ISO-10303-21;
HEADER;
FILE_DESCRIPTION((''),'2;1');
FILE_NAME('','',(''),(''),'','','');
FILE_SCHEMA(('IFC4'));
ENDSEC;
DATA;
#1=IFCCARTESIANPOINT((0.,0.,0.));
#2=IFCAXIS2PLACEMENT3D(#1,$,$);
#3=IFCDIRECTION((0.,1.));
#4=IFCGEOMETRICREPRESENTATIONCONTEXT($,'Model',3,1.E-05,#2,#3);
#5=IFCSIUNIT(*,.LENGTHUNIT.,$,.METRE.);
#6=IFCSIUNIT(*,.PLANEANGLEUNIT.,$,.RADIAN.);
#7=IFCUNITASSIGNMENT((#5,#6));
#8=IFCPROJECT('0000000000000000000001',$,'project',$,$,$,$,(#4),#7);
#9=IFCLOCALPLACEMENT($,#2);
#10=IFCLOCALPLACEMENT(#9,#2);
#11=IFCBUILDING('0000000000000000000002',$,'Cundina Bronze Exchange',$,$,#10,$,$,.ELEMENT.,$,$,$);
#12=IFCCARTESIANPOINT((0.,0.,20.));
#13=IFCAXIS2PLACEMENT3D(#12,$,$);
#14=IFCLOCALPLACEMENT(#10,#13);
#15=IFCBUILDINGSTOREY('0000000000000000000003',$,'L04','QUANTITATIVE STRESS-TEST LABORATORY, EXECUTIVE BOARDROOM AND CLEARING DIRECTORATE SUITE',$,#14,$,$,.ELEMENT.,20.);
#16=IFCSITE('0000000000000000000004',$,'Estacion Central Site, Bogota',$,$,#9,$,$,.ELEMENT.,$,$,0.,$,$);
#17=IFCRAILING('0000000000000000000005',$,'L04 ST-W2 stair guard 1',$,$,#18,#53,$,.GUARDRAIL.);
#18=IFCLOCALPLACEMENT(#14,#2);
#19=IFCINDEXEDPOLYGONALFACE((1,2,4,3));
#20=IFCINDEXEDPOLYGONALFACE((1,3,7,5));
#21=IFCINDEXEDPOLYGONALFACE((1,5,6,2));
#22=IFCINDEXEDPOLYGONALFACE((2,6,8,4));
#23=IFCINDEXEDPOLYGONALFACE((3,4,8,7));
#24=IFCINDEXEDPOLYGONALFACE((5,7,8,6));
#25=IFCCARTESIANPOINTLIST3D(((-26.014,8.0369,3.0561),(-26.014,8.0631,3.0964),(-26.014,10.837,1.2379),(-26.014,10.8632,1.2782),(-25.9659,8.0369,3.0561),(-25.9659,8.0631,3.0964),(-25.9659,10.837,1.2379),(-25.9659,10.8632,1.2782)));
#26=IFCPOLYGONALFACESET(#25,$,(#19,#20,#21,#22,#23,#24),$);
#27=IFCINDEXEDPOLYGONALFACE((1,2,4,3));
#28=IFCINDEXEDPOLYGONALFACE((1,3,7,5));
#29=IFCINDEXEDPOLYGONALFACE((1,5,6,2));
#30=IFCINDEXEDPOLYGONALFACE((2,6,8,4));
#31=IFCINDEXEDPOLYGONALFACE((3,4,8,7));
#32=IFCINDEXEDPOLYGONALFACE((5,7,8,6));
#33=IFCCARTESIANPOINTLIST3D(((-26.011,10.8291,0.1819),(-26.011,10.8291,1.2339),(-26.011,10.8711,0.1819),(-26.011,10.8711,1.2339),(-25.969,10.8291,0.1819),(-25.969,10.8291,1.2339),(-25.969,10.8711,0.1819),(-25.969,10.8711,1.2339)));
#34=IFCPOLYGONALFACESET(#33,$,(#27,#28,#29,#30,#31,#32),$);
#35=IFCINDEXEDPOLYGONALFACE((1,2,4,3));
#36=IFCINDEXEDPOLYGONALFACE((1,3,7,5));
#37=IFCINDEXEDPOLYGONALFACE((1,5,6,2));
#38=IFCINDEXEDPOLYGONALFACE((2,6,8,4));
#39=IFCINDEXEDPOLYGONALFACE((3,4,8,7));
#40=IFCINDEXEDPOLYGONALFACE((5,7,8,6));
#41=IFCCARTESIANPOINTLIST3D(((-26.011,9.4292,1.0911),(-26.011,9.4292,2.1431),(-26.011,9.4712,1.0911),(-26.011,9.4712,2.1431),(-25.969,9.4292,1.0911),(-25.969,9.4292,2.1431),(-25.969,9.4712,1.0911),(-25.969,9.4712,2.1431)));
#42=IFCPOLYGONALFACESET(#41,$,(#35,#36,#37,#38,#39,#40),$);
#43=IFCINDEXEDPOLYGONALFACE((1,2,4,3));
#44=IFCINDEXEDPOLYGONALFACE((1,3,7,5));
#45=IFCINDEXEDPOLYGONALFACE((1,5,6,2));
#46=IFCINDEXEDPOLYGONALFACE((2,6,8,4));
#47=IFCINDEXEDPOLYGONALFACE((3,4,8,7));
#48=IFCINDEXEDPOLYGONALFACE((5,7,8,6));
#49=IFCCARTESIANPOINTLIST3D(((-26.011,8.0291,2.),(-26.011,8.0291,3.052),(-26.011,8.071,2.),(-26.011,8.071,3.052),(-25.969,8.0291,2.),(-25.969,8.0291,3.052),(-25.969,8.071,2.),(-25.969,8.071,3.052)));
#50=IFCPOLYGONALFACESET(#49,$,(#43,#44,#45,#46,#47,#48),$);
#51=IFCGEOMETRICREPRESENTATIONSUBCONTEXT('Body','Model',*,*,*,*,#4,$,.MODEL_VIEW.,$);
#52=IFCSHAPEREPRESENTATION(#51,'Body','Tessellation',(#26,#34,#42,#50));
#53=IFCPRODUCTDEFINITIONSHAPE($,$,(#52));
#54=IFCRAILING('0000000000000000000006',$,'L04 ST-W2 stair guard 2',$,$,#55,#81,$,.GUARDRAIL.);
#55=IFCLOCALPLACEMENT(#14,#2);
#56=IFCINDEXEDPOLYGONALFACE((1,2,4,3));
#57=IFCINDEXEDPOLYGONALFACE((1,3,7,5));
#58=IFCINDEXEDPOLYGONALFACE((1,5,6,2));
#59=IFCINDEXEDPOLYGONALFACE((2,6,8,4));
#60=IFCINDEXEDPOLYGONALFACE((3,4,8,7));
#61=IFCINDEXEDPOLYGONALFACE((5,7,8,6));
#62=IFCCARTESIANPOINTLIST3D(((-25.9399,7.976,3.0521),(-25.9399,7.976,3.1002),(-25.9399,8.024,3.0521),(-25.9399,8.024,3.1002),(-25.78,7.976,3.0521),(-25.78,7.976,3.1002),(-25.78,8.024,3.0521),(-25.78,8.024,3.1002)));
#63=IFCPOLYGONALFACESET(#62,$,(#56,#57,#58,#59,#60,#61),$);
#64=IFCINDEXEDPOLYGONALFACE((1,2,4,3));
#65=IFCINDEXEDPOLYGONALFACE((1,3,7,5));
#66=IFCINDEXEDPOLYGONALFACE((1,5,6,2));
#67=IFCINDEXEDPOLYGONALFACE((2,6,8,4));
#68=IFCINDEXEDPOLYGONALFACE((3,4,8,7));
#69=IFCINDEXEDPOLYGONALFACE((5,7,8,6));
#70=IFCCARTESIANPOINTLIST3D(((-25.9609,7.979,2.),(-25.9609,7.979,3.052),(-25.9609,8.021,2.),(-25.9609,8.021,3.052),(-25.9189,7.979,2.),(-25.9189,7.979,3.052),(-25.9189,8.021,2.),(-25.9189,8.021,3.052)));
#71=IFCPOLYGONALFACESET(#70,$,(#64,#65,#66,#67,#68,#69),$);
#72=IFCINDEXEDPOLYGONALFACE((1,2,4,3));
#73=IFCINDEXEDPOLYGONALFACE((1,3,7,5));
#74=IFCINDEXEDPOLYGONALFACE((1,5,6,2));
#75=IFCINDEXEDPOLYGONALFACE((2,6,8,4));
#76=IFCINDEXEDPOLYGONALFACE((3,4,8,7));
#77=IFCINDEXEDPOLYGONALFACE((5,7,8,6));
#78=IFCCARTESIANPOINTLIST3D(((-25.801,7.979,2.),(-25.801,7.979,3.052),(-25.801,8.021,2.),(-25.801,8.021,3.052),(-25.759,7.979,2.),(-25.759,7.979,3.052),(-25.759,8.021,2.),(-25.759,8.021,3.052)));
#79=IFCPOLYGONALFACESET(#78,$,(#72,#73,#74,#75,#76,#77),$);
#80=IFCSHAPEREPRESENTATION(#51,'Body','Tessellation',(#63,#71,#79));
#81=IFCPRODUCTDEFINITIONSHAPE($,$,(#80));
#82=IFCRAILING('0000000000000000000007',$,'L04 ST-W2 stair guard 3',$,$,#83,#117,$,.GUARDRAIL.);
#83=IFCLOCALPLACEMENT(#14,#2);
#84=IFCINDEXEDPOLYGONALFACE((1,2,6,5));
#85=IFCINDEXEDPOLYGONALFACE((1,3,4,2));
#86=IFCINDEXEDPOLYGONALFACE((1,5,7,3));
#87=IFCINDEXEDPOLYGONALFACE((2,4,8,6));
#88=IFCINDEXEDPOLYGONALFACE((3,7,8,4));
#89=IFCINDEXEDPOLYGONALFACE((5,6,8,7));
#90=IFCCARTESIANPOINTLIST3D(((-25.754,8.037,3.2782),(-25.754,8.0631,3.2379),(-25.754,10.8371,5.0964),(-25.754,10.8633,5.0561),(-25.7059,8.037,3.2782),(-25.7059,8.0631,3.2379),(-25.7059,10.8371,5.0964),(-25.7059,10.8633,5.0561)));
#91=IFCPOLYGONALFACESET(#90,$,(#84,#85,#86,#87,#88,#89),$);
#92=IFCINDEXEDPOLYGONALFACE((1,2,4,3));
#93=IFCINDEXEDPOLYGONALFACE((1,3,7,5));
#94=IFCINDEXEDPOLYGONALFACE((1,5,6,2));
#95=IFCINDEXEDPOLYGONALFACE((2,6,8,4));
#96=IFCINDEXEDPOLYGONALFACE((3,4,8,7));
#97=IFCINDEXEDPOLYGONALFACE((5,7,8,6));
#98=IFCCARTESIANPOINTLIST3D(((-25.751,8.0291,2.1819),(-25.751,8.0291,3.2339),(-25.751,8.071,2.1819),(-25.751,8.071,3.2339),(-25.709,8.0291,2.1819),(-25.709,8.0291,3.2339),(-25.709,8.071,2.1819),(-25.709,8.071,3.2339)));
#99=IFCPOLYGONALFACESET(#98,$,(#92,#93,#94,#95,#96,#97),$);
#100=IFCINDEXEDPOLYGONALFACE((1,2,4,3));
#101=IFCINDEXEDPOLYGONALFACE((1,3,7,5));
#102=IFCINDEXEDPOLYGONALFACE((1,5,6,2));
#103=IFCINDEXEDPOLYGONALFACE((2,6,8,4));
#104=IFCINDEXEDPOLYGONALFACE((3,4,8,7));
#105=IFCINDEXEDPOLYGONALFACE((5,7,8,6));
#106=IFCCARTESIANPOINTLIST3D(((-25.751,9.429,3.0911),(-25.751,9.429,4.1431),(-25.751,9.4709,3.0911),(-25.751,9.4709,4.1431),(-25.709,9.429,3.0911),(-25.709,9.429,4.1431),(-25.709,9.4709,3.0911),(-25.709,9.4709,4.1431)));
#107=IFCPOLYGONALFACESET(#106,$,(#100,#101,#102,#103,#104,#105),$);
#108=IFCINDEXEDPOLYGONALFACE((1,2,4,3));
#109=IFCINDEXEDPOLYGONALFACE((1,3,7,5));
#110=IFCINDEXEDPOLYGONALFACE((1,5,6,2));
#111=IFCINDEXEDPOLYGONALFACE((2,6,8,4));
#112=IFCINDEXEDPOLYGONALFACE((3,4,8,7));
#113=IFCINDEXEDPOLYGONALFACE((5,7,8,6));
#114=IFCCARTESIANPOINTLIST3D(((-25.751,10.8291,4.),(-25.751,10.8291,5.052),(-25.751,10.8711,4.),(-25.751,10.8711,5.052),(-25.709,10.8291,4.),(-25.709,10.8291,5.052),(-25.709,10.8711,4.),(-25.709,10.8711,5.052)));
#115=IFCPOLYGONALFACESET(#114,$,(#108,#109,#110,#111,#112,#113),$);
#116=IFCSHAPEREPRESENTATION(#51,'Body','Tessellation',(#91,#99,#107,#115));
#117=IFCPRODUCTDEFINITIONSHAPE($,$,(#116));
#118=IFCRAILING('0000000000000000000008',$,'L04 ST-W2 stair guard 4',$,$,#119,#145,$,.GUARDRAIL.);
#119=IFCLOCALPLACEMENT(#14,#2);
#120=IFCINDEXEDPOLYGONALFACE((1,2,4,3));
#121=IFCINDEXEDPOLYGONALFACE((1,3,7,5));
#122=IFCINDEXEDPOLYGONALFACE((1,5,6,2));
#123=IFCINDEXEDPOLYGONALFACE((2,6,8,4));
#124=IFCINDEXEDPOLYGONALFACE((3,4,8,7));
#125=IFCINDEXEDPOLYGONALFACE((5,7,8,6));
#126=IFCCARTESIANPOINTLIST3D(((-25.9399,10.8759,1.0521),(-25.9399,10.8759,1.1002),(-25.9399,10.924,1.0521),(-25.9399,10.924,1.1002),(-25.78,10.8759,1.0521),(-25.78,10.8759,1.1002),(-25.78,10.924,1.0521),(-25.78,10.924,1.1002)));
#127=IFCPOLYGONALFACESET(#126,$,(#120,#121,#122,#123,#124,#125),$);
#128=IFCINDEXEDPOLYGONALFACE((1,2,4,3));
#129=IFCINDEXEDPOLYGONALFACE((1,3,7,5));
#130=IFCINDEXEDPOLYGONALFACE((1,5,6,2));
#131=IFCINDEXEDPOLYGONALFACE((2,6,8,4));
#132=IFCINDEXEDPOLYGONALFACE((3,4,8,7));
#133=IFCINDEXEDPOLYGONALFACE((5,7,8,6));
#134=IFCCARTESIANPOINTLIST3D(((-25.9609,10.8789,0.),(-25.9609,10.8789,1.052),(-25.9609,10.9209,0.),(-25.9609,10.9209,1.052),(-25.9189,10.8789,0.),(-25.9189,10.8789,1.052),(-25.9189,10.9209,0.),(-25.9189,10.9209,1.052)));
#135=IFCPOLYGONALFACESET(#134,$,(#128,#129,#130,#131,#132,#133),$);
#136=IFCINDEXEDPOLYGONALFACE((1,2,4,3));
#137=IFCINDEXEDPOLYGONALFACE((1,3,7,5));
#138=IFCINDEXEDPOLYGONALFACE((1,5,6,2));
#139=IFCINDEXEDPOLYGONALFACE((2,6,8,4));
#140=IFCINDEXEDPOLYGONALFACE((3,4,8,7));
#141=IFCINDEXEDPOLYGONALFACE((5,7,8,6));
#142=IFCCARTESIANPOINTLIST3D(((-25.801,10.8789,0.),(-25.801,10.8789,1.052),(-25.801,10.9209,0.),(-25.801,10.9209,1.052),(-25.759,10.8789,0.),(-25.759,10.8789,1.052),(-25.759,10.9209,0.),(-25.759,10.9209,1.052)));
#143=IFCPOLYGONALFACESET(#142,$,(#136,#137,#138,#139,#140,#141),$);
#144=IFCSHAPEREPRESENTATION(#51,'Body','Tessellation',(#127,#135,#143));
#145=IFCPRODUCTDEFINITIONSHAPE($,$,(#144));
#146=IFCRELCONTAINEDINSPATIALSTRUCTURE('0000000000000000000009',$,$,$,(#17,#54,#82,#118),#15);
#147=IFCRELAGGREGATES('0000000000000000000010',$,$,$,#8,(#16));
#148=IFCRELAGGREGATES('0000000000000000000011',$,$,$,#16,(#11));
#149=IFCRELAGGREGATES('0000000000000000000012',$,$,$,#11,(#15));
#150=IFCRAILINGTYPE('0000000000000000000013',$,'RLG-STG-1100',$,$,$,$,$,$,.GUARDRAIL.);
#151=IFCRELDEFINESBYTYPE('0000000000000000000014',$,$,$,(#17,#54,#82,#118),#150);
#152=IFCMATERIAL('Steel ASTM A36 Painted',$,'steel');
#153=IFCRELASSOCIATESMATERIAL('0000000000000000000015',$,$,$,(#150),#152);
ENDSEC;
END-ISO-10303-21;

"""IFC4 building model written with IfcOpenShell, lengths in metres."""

from ifc_helpers import new_model, si_unit, direction, frame, origin, origin_2d, place, context, subcontext, project, spatial, rectangle, extrude, material, type_object, element, save


model = new_model("IFC4")

# Units and contexts
model_context = context("Model", 3, precision=1e-05, world=origin(), true_north=direction((0.0, 1.0)))
body_context = subcontext(model_context, "Body", "Model", "MODEL_VIEW")
ifc_project = project(units=[si_unit("LENGTHUNIT", "METRE"), si_unit("PLANEANGLEUNIT", "RADIAN")], contexts=[model_context])

# Site, building, storey
site_placement = place(None, origin())
site = spatial("IfcSite", under=ifc_project, at=site_placement, Name="Estacion Central Site, Bogota", CompositionType="ELEMENT", RefElevation=0.0)
building_placement = place(site_placement, origin())
building = spatial("IfcBuilding", under=site, at=building_placement, Name="Cundina Bronze Exchange", CompositionType="ELEMENT")
storey_placement = place(building_placement, frame((0.0, 0.0, 20.0)))
storey = spatial("IfcBuildingStorey", under=building, at=storey_placement, Name="L04", Description="QUANTITATIVE STRESS-TEST LABORATORY, EXECUTIVE BOARDROOM AND CLEARING DIRECTORATE SUITE", CompositionType="ELEMENT", Elevation=20.0)

# Shared definitions
ifc_material_1 = material(Name="Steel ASTM A36 Painted", Category="steel")

# Railings
railing_type_1 = type_object("IfcRailingType", Name="RLG-STG-1100", PredefinedType="GUARDRAIL", material=ifc_material_1)
railing_1_placement = place(storey_placement, frame((-25.99, 10.8501, 0.1819)))
element("IfcRailing", 1, at=railing_1_placement, inside=storey, type_object=railing_type_1, Name="L04 ST-W2 stair guard 1", PredefinedType="GUARDRAIL", context=body_context, shape_type="SweptSolid", body=[
    extrude(rectangle(XDim=0.0481, YDim=0.0481, at=origin_2d()), frame((0.0, 0.0, 1.0762), z_axis=(0.0, -0.838706, 0.544585), x_axis=(1.0, 0.0, 0.0)), (0.0, 0.0, 1.0), 3.3386),
    extrude(rectangle(XDim=0.042, YDim=0.042, at=origin_2d()), origin(), (0.0, 0.0, 1.0), 1.052),
    extrude(rectangle(XDim=0.042, YDim=0.042, at=origin_2d()), frame((0.0, -1.3999, 0.9092)), (0.0, 0.0, 1.0), 1.052),
    extrude(rectangle(XDim=0.042, YDim=0.042, at=origin_2d()), frame((0.0, -2.8, 1.8181)), (0.0, 0.0, 1.0), 1.052),
])
railing_2_placement = place(storey_placement, frame((-25.9399, 8.0, 2.0)))
element("IfcRailing", 2, at=railing_2_placement, inside=storey, type_object=railing_type_1, Name="L04 ST-W2 stair guard 2", PredefinedType="GUARDRAIL", context=body_context, shape_type="SweptSolid", body=[
    extrude(rectangle(XDim=0.0481, YDim=0.0481, at=origin_2d()), frame((0.0, 0.0, 1.0762), z_axis=(1.0, 0.0, 0.0), x_axis=(0.0, 1.0, 0.0)), (0.0, 0.0, 1.0), 0.1599),
    extrude(rectangle(XDim=0.042, YDim=0.042, at=origin_2d()), origin(), (0.0, 0.0, 1.0), 1.052),
    extrude(rectangle(XDim=0.042, YDim=0.042, at=origin_2d()), frame((0.1599, 0.0, 0.0)), (0.0, 0.0, 1.0), 1.052),
])
railing_3_placement = place(storey_placement, frame((-25.73, 8.05, 2.1819)))
element("IfcRailing", 3, at=railing_3_placement, inside=storey, type_object=railing_type_1, Name="L04 ST-W2 stair guard 3", PredefinedType="GUARDRAIL", context=body_context, shape_type="SweptSolid", body=[
    extrude(rectangle(XDim=0.0481, YDim=0.0481, at=origin_2d()), frame((0.0, 0.0, 1.0762), z_axis=(0.0, 0.838706, 0.544585), x_axis=(-1.0, 0.0, 0.0)), (0.0, 0.0, 1.0), 3.3386),
    extrude(rectangle(XDim=0.042, YDim=0.042, at=origin_2d()), origin(), (0.0, 0.0, 1.0), 1.052),
    extrude(rectangle(XDim=0.042, YDim=0.042, at=origin_2d()), frame((0.0, 1.3999, 0.9092)), (0.0, 0.0, 1.0), 1.052),
    extrude(rectangle(XDim=0.042, YDim=0.042, at=origin_2d()), frame((0.0, 2.8, 1.8181)), (0.0, 0.0, 1.0), 1.052),
])
railing_4_placement = place(storey_placement, frame((-25.9399, 10.8999, 0.0)))
element("IfcRailing", 4, at=railing_4_placement, inside=storey, type_object=railing_type_1, Name="L04 ST-W2 stair guard 4", PredefinedType="GUARDRAIL", context=body_context, shape_type="SweptSolid", body=[
    extrude(rectangle(XDim=0.0481, YDim=0.0481, at=origin_2d()), frame((0.0, 0.0, 1.0762), z_axis=(1.0, 0.0, 0.0), x_axis=(0.0, 1.0, 0.0)), (0.0, 0.0, 1.0), 0.1599),
    extrude(rectangle(XDim=0.042, YDim=0.042, at=origin_2d()), origin(), (0.0, 0.0, 1.0), 1.052),
    extrude(rectangle(XDim=0.042, YDim=0.042, at=origin_2d()), frame((0.1599, 0.0, 0.0)), (0.0, 0.0, 1.0), 1.052),
])

save(model, "model.ifc")
